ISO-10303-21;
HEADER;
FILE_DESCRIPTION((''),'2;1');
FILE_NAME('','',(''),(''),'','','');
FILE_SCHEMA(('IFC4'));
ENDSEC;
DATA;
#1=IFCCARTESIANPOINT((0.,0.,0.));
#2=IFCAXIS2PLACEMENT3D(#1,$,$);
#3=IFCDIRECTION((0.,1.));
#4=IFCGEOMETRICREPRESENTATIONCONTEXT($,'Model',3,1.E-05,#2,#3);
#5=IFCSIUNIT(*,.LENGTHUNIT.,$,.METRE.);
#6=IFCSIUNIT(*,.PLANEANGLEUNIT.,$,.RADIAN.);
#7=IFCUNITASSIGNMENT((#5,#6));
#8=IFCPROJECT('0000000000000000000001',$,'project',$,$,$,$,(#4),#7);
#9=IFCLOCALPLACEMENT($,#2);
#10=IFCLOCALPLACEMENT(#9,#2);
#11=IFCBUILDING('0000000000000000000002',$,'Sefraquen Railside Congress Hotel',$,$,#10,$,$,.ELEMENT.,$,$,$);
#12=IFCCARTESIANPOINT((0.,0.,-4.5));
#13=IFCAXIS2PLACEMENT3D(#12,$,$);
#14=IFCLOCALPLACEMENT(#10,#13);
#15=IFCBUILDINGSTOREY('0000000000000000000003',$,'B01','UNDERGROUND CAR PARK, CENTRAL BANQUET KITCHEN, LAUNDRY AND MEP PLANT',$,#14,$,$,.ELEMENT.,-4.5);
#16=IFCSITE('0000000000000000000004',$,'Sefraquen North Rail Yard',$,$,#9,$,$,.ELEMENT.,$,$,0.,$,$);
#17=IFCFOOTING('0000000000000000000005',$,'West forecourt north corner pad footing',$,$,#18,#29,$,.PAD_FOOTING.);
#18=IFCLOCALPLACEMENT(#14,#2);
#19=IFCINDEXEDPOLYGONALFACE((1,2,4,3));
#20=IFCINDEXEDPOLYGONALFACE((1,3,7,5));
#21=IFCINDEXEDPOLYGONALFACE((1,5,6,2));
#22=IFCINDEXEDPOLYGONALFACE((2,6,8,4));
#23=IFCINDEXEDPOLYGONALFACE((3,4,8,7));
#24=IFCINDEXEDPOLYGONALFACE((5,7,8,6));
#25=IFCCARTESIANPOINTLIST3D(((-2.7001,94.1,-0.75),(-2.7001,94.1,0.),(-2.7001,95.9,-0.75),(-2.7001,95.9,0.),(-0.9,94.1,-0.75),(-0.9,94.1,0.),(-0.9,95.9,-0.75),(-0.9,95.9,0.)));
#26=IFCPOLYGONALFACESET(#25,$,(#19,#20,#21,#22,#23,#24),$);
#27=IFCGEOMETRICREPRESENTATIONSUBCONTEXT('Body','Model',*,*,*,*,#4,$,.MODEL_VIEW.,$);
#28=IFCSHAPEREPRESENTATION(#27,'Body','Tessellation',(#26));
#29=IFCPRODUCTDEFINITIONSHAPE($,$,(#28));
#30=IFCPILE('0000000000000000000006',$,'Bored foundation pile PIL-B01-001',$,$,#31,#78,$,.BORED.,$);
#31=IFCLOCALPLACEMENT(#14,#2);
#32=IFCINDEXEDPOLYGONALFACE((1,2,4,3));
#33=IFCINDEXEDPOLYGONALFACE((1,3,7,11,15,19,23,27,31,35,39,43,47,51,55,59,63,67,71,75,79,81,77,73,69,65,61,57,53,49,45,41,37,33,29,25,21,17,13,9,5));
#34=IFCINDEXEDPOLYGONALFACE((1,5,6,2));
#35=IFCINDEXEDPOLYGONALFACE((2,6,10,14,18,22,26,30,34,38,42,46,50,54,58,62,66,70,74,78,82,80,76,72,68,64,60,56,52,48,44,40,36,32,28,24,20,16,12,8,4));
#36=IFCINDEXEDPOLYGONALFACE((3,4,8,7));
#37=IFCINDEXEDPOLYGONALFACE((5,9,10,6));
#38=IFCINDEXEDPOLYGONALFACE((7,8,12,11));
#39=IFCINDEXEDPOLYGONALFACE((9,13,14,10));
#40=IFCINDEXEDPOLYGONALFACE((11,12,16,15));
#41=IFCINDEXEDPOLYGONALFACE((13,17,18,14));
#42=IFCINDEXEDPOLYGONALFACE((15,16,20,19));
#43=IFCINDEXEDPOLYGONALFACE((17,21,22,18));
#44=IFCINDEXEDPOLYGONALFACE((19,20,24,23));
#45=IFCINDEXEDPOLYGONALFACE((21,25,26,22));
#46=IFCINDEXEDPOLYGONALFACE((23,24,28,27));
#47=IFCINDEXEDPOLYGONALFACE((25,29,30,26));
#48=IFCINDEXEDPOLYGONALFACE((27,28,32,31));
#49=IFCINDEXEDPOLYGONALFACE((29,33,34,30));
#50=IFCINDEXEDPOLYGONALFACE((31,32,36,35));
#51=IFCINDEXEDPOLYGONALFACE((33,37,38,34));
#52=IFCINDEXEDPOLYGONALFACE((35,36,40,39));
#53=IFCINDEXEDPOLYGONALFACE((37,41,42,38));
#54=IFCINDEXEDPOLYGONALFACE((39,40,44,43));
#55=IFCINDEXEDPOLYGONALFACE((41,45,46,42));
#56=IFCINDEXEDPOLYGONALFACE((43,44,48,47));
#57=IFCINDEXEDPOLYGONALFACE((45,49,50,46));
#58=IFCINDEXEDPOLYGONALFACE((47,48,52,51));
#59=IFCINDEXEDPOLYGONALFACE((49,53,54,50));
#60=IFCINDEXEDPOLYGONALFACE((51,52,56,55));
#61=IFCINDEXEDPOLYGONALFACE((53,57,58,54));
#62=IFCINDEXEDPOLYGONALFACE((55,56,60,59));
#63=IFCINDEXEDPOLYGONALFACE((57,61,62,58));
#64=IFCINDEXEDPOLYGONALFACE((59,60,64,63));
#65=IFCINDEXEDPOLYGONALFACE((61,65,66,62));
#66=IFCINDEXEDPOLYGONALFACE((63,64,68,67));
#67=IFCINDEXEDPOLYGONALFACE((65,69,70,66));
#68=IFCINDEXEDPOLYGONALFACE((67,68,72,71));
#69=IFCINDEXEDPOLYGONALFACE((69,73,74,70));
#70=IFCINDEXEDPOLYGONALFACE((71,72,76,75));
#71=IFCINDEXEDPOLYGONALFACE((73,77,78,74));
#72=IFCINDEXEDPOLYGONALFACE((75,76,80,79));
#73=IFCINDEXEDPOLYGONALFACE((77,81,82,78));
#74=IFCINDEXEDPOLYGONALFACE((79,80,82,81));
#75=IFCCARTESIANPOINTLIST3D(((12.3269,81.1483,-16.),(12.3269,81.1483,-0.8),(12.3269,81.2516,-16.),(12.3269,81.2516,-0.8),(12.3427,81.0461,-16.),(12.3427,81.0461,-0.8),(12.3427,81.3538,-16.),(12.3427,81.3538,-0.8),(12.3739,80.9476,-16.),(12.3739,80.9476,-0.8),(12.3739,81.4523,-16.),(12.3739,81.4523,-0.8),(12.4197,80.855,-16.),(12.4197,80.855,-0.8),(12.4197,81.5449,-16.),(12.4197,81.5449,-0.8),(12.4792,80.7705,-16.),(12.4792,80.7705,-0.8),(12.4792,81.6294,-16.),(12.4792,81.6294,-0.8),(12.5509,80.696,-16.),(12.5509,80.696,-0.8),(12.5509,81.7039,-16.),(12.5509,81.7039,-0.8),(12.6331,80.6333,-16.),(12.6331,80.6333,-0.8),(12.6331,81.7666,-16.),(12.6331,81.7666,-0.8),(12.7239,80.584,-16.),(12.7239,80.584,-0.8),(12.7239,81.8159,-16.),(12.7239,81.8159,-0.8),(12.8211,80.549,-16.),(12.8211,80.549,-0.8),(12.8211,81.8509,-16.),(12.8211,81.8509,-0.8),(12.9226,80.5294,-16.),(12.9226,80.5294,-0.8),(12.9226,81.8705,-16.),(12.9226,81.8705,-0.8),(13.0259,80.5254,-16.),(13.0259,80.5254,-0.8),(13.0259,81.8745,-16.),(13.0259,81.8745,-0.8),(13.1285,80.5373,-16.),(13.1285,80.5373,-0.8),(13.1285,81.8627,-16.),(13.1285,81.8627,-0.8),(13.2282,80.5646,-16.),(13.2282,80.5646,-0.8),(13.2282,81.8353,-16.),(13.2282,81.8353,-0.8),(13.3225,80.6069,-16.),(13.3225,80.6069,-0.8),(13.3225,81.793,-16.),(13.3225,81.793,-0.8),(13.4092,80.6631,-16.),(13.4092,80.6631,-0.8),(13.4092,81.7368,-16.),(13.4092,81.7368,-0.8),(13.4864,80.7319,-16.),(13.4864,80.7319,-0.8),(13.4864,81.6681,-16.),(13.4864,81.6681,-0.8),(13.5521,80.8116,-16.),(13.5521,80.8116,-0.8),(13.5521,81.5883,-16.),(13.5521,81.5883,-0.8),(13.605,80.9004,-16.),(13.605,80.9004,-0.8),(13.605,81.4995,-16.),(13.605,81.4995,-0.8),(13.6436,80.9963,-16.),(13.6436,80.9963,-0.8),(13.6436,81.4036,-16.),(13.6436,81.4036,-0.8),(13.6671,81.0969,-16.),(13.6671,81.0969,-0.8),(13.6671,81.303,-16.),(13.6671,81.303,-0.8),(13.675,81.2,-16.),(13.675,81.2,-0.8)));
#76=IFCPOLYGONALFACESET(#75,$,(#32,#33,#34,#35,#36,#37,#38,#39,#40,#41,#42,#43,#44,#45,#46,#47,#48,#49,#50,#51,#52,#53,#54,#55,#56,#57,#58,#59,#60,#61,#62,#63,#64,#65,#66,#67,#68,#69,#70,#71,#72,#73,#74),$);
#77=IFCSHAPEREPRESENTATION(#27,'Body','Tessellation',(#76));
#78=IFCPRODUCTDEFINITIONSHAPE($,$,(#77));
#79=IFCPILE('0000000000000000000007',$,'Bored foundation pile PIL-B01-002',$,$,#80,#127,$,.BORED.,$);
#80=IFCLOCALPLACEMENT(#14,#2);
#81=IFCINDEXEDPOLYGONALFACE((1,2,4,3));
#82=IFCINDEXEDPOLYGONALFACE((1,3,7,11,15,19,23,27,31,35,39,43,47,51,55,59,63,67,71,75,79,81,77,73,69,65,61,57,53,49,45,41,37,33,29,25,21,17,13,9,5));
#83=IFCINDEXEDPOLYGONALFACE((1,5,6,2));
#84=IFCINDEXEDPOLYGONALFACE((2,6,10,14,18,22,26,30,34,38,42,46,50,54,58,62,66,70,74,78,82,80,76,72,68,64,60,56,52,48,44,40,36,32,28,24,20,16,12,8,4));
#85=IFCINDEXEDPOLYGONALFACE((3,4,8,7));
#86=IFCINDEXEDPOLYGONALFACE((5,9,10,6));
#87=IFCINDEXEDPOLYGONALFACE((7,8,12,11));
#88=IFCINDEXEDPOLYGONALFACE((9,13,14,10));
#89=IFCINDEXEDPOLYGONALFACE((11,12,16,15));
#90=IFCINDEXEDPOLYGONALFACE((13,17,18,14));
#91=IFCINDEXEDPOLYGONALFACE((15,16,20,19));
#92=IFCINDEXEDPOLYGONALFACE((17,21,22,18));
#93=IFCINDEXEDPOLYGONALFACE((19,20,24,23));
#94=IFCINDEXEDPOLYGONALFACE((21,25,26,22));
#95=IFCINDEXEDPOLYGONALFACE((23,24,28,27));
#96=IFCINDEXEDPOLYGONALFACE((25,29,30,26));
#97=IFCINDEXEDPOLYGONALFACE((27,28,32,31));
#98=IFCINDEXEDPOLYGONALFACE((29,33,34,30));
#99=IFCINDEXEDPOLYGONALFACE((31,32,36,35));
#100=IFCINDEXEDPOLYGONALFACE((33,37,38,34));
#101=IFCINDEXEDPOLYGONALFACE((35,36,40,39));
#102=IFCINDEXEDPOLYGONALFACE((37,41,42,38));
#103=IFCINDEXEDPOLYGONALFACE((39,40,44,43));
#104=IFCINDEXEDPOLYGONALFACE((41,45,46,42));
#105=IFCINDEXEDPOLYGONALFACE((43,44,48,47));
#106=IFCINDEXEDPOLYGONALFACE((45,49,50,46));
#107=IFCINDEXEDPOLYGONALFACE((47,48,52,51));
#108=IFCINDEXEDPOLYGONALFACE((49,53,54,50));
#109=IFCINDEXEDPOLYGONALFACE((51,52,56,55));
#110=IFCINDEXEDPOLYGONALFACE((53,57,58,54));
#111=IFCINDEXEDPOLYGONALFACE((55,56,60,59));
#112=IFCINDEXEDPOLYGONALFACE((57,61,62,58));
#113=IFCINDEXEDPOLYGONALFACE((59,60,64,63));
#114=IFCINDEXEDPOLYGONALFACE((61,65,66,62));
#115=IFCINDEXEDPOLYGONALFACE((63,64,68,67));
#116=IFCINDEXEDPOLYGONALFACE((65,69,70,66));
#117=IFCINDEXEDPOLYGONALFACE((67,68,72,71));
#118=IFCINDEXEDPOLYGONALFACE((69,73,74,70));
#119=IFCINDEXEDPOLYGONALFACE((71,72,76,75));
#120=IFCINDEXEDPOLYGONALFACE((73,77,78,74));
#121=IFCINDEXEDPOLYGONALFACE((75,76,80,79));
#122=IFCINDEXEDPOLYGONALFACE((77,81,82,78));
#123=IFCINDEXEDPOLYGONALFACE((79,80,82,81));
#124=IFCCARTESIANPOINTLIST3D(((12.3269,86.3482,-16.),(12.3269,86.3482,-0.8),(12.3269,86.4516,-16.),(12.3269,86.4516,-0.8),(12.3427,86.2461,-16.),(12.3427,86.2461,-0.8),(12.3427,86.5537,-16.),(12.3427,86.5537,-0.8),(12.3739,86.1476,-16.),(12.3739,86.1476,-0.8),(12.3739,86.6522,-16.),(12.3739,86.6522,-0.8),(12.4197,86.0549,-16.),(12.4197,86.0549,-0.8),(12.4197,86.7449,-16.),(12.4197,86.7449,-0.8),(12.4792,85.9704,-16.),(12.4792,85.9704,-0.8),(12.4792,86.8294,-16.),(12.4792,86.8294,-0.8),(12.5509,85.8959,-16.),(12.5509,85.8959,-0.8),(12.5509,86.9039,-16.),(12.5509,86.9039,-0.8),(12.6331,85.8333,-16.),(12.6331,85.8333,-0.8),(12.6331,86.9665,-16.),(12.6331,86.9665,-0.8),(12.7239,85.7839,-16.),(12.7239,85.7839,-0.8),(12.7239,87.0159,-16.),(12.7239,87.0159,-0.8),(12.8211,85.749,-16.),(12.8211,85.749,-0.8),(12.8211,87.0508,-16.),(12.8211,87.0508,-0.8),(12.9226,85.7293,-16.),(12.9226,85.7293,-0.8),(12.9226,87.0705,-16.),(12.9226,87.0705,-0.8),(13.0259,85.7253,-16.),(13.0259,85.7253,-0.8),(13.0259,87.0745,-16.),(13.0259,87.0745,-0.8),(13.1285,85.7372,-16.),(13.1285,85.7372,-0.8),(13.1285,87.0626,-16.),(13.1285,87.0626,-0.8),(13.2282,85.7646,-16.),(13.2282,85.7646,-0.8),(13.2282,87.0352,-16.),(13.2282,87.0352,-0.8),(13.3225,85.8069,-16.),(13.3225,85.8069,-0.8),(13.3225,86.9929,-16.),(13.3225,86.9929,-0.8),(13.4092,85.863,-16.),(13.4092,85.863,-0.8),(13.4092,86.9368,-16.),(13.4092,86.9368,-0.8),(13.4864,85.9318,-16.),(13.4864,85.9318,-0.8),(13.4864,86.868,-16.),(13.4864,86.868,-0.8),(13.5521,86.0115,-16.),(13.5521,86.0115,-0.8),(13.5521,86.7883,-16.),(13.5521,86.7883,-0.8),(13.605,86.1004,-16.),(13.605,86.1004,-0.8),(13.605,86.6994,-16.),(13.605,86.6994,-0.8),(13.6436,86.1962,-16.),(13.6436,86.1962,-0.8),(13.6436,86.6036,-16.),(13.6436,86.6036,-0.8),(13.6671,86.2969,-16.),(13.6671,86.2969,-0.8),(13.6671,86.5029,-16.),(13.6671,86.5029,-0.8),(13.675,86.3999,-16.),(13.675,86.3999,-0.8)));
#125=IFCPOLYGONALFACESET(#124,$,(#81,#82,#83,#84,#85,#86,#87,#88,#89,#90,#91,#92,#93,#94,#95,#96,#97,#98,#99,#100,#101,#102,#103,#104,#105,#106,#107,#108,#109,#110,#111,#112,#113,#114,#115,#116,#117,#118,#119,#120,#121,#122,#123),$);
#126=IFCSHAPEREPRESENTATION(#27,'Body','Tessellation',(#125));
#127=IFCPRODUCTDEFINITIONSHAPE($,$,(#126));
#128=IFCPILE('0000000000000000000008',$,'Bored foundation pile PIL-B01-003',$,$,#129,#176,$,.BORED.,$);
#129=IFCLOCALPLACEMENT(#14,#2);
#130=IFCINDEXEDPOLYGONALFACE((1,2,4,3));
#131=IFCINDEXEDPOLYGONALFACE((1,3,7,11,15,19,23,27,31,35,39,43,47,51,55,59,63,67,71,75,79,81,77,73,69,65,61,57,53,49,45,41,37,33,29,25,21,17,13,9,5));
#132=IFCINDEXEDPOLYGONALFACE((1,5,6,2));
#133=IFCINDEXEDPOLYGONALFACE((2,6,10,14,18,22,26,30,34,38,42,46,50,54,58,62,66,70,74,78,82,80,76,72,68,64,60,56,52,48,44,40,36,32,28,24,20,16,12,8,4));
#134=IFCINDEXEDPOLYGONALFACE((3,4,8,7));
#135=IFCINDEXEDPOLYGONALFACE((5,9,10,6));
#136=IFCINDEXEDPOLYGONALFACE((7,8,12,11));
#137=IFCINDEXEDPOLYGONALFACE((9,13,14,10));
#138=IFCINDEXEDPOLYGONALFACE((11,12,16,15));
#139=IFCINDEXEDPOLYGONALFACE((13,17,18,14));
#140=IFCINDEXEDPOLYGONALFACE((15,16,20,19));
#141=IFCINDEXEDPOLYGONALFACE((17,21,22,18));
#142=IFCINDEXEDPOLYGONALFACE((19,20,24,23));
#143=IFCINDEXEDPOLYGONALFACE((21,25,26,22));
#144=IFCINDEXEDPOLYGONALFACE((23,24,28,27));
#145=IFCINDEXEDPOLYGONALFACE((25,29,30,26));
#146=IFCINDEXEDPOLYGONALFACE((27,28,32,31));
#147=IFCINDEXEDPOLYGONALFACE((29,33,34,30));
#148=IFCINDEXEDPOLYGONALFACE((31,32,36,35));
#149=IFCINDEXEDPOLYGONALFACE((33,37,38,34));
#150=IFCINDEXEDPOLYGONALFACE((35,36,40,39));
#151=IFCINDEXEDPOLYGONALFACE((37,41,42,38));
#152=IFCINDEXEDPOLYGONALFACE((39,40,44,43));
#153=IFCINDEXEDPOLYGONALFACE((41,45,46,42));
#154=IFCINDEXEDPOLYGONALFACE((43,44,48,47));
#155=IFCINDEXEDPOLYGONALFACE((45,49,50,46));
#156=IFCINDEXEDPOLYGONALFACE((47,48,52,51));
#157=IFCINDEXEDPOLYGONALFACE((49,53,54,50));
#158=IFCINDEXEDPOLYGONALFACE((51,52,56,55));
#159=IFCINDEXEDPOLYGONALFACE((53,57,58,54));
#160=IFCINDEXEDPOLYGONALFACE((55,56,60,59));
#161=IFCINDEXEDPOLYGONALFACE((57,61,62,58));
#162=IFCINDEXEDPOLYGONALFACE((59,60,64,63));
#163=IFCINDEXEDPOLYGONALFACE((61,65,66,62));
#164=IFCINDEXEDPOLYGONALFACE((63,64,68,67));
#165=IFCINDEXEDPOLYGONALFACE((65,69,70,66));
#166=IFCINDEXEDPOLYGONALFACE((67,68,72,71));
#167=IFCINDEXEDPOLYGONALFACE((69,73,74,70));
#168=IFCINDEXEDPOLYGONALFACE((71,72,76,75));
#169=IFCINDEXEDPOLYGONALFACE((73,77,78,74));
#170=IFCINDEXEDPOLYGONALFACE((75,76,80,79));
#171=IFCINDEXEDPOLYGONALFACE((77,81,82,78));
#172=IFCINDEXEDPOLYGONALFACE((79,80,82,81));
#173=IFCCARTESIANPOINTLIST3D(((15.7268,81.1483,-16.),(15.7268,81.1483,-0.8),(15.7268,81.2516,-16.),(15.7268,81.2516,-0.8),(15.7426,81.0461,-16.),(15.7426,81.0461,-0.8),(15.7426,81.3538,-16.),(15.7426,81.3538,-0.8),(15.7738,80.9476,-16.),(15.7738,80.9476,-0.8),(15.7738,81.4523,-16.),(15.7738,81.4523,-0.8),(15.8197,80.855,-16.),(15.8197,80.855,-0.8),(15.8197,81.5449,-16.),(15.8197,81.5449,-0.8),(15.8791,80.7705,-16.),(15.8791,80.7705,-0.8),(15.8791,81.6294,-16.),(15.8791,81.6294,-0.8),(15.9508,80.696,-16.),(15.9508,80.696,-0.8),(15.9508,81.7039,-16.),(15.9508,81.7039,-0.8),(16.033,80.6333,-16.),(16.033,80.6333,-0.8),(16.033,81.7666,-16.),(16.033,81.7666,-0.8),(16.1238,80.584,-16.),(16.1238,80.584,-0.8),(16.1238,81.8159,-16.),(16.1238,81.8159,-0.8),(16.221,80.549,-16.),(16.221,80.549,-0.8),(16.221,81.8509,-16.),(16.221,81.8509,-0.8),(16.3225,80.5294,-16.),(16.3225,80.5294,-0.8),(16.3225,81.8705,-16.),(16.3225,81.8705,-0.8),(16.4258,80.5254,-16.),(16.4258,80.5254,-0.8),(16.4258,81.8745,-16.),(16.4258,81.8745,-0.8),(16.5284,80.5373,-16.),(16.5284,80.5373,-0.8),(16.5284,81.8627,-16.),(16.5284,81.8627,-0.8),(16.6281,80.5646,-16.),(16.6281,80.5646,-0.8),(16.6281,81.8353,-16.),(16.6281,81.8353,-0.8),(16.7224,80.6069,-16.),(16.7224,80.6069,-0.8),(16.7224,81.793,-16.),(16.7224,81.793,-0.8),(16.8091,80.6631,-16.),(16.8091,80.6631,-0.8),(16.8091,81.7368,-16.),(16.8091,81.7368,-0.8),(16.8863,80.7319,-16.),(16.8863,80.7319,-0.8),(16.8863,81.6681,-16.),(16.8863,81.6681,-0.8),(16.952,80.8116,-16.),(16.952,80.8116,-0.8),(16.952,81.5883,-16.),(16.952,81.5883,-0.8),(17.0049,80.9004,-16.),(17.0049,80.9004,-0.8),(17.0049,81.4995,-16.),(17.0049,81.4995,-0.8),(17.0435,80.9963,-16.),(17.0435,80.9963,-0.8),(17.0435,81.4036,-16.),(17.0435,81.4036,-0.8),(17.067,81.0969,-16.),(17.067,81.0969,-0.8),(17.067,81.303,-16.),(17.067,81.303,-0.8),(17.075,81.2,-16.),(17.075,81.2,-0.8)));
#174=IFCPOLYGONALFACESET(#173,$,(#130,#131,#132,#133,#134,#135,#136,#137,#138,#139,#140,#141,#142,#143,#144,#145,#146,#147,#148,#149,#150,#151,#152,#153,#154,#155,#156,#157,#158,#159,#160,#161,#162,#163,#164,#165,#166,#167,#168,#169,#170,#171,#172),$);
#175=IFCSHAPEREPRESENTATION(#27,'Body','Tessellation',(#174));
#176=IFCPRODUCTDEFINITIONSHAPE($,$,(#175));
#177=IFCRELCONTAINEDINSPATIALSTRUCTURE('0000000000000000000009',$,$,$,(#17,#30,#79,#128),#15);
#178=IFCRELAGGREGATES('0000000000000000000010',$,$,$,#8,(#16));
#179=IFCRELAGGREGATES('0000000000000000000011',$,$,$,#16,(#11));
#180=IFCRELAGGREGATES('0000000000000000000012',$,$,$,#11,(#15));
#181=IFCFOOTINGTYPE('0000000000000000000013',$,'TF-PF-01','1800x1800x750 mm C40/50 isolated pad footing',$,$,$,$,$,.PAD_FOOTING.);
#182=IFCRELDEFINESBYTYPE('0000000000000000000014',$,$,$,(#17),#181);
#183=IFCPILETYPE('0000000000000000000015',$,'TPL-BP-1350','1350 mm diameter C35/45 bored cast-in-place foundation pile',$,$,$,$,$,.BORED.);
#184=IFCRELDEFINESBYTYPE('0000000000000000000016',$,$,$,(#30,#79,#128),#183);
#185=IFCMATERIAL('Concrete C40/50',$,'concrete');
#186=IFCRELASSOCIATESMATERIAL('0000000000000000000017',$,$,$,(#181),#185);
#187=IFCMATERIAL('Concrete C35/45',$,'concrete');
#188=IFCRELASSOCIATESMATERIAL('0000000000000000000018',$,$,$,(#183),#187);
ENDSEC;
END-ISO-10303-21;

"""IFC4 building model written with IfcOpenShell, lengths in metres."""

from ifc_helpers import new_model, si_unit, direction, frame, origin, origin_2d, place, context, subcontext, project, spatial, rectangle, circle, extrude, material, material_profile, profile_set, type_object, element, save


model = new_model("IFC4")

# Units and contexts
model_context = context("Model", 3, precision=1e-05, world=origin(), true_north=direction((0.0, 1.0)))
body_context = subcontext(model_context, "Body", "Model", "MODEL_VIEW")
ifc_project = project(units=[si_unit("LENGTHUNIT", "METRE"), si_unit("PLANEANGLEUNIT", "RADIAN")], contexts=[model_context])

# Site, building, storey
site_placement = place(None, origin())
site = spatial("IfcSite", under=ifc_project, at=site_placement, Name="Sefraquen North Rail Yard", CompositionType="ELEMENT", RefElevation=0.0)
building_placement = place(site_placement, origin())
building = spatial("IfcBuilding", under=site, at=building_placement, Name="Sefraquen Railside Congress Hotel", CompositionType="ELEMENT")
storey_placement = place(building_placement, frame((0.0, 0.0, -4.5)))
storey = spatial("IfcBuildingStorey", under=building, at=storey_placement, Name="B01", Description="UNDERGROUND CAR PARK, CENTRAL BANQUET KITCHEN, LAUNDRY AND MEP PLANT", CompositionType="ELEMENT", Elevation=-4.5)

# Footing
ifc_material_1 = material(Name="Concrete C40/50", Category="concrete")
footing_type = type_object("IfcFootingType", Name="TF-PF-01", Description="1800x1800x750 mm C40/50 isolated pad footing", PredefinedType="PAD_FOOTING", material=ifc_material_1)
footing_placement = place(storey_placement, frame((-1.8, 95.0, -0.75), z_axis=(0.0, 0.0, 1.0), x_axis=(1.0, 0.0, 0.0)))
element("IfcFooting", 1, at=footing_placement, inside=storey, type_object=footing_type, Name="West forecourt north corner pad footing", PredefinedType="PAD_FOOTING", context=body_context, shape_type="SweptSolid", body=[
    extrude(rectangle(XDim=1.8, YDim=1.8, at=origin_2d()), origin(), (0.0, 0.0, 1.0), 0.75),
])

# Piles
ifc_material_2 = material(Name="Concrete C35/45", Category="concrete")
ifc_material_profile_1 = material_profile(ifc_material_2, circle(Radius=0.675, at=origin_2d()), Name="BORED PILE 1350")
ifc_profile_set_1 = profile_set([ifc_material_profile_1], Name="Concrete C35/45")
pile_type = type_object("IfcPileType", Name="TPL-BP-1350", Description="1350 mm diameter C35/45 bored cast-in-place foundation pile", PredefinedType="BORED", material=ifc_profile_set_1)
for number, where, z_axis, x_axis, name in (
    (2, (13.0, 81.2, -0.8), (0.0, 0.0, -1.0), (1.0, 0.0, 0.0), "Bored foundation pile PIL-B01-001"),
    (3, (13.0, 86.3999, -0.8), (0.0, 0.0, -1.0), (1.0, 0.0, 0.0), "Bored foundation pile PIL-B01-002"),
    (4, (16.3999, 81.2, -0.8), (0.0, 0.0, -1.0), (1.0, 0.0, 0.0), "Bored foundation pile PIL-B01-003"),
):
    element("IfcPile", number, at=place(storey_placement, frame(where, z_axis=z_axis, x_axis=x_axis)), inside=storey, type_object=pile_type, Name=name, PredefinedType="BORED", context=body_context, shape_type="SweptSolid", body=[
        extrude(circle(Radius=0.675, at=origin_2d()), origin(), (0.0, 0.0, 1.0), 15.2),
    ])

save(model, "model.ifc")
